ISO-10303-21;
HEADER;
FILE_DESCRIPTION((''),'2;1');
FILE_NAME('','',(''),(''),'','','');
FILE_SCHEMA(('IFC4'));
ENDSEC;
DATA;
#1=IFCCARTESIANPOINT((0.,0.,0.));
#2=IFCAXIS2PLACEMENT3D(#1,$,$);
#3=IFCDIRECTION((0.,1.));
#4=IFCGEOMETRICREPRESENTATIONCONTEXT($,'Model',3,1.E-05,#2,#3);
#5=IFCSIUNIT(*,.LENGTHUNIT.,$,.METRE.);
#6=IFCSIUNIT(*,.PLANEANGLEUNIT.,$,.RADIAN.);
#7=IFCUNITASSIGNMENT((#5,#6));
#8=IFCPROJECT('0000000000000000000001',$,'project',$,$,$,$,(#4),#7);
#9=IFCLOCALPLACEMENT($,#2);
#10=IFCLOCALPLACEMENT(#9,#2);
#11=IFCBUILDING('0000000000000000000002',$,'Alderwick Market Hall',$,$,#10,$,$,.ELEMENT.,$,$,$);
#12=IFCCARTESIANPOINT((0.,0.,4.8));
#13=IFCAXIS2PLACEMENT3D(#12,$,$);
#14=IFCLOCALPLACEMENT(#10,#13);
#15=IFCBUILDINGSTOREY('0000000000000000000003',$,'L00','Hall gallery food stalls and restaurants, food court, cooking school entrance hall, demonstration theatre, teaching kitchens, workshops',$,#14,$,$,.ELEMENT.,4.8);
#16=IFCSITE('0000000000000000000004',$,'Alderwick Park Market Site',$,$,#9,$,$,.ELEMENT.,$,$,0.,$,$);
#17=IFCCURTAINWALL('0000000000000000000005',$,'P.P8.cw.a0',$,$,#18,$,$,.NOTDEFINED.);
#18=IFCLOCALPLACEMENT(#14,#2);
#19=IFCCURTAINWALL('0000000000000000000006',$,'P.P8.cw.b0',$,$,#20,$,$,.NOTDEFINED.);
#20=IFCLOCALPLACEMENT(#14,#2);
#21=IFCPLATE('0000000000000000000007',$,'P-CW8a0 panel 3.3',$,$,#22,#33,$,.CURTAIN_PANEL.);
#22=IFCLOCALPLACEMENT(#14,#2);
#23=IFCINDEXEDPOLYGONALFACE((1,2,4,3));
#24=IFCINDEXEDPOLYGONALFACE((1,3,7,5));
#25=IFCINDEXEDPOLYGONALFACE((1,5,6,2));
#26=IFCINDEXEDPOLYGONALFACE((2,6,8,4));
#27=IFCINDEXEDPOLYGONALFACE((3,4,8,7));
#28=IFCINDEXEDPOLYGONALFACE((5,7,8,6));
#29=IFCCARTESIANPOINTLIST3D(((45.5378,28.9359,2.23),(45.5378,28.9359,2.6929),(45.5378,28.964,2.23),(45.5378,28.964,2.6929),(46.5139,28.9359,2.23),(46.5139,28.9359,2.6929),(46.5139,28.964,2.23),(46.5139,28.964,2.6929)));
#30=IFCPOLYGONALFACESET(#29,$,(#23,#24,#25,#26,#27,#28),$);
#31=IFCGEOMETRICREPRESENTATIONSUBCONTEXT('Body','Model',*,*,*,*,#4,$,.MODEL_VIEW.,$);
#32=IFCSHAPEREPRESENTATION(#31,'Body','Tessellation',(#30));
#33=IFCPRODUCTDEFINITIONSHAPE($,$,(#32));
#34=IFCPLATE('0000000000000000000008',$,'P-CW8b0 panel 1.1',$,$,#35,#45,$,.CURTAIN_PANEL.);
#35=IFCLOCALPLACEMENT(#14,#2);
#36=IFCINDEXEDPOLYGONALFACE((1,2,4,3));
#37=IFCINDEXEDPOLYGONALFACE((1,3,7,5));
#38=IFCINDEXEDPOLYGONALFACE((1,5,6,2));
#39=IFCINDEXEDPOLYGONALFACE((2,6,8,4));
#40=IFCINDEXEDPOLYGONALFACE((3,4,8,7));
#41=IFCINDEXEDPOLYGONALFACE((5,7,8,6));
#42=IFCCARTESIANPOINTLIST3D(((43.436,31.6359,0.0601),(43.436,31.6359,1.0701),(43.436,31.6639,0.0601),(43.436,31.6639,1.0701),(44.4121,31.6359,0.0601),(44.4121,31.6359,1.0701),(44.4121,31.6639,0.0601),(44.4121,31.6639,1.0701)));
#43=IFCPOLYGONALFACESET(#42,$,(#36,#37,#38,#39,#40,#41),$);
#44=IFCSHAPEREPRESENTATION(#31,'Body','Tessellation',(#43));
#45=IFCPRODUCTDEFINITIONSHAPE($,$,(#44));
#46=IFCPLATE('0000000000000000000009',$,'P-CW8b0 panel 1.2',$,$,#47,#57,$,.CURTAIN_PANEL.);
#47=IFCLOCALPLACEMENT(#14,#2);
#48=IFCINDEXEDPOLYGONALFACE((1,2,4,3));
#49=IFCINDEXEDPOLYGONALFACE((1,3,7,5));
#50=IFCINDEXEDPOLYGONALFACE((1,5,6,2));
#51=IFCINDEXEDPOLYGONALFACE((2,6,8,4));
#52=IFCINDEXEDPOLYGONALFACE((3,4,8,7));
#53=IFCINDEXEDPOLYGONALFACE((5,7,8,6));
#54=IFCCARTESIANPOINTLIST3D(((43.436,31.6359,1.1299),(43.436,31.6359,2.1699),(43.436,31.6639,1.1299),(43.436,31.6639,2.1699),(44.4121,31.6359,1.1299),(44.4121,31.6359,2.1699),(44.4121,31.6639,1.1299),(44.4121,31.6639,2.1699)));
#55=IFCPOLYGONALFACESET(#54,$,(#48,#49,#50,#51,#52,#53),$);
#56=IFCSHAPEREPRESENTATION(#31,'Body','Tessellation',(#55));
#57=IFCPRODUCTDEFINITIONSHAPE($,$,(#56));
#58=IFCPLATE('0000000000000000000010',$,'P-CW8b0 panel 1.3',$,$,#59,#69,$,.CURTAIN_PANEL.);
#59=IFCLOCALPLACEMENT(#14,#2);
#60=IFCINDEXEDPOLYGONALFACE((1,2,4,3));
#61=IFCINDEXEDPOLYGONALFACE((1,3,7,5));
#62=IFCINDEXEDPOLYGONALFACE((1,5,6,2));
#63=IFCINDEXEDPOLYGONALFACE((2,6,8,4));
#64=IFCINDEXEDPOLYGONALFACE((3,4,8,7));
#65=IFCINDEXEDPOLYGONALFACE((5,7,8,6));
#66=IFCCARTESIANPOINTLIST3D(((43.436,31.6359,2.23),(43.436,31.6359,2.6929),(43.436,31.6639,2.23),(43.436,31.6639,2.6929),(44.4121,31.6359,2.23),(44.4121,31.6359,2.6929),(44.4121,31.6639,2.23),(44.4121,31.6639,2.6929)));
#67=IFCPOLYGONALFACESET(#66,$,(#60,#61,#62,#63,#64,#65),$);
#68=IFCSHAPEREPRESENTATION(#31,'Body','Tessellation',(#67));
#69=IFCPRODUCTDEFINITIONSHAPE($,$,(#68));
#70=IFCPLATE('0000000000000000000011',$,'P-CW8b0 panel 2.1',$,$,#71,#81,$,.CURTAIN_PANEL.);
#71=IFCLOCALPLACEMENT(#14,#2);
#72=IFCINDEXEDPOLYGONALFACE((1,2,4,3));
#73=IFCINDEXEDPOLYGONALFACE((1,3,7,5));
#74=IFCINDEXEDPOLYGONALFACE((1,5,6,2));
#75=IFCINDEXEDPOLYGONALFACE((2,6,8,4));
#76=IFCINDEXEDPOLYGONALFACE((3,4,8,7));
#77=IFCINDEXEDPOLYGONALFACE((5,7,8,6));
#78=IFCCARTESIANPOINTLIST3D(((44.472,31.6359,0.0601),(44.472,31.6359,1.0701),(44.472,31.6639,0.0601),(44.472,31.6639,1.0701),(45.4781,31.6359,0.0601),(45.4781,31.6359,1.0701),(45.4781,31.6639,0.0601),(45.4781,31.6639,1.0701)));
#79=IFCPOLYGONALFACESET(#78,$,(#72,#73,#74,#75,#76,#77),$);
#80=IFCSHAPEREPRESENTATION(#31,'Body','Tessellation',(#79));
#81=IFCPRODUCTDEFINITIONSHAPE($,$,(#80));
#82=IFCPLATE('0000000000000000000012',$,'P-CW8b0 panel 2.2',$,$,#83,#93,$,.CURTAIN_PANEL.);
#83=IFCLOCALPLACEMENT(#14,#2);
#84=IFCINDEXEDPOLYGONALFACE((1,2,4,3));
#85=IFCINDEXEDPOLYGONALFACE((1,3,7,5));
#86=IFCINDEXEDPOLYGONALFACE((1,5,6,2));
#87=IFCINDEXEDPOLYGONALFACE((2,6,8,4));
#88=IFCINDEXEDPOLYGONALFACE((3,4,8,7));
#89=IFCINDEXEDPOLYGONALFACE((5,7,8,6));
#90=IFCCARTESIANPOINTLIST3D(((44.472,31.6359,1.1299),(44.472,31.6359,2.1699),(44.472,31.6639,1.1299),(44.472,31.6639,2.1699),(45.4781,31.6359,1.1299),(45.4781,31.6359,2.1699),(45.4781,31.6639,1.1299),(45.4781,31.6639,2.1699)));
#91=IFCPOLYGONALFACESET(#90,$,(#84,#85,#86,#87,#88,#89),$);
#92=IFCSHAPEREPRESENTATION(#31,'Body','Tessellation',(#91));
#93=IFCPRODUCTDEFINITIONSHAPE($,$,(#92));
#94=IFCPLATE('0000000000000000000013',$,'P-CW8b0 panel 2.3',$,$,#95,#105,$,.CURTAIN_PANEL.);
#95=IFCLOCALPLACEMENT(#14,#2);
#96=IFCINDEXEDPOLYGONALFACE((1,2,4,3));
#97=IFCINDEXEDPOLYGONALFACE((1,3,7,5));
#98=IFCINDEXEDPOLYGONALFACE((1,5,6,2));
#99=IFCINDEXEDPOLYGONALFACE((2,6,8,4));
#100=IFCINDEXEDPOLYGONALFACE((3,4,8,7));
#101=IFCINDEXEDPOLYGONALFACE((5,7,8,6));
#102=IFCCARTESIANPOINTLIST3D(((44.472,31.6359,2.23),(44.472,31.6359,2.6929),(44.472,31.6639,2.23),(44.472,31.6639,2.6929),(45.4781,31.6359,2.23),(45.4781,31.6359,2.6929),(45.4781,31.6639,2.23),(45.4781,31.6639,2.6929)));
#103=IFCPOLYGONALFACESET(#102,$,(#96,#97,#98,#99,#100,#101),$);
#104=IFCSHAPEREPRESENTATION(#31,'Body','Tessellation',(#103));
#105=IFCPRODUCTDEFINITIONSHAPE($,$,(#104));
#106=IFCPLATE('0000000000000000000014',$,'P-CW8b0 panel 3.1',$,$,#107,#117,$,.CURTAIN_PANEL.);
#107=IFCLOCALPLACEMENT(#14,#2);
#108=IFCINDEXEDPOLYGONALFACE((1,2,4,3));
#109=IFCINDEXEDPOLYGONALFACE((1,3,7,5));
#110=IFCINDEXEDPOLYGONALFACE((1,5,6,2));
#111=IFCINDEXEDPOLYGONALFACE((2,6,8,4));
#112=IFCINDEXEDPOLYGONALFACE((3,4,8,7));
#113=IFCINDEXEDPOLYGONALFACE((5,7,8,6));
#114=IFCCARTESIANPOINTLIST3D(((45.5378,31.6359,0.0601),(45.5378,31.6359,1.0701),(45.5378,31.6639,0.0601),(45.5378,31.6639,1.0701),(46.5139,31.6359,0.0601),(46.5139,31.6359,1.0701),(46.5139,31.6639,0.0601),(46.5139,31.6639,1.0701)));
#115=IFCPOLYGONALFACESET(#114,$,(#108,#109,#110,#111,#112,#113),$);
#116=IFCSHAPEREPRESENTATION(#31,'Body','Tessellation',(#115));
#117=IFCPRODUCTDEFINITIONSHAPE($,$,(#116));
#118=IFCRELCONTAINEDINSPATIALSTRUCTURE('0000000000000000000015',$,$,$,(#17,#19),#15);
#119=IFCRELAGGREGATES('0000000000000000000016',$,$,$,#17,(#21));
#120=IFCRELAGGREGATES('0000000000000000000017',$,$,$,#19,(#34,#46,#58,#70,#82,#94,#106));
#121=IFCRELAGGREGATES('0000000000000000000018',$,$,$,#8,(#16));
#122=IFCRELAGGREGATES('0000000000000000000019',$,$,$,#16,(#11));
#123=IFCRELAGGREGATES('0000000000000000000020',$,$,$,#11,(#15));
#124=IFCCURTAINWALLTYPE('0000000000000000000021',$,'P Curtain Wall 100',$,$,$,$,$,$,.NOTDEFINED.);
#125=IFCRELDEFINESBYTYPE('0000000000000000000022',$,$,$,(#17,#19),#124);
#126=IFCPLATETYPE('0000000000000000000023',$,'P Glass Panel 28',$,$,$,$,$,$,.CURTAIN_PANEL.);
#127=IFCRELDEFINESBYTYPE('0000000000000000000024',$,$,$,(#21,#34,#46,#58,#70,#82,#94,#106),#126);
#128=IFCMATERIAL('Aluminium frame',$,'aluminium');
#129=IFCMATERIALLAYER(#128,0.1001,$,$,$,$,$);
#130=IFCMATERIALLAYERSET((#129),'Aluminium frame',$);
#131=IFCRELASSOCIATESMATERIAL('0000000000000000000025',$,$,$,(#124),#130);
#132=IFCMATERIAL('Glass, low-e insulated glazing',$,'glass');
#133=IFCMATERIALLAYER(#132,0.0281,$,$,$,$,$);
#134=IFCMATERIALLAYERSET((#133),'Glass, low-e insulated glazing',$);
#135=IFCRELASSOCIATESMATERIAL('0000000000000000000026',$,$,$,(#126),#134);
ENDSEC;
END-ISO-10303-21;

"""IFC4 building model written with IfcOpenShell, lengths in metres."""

from ifc_helpers import new_model, si_unit, direction, frame, origin, origin_2d, place, context, subcontext, project, spatial, rectangle, extrude, material, layer, layer_set, type_object, element, aggregate, save


model = new_model("IFC4")

# Units and contexts
model_context = context("Model", 3, precision=1e-05, world=origin(), true_north=direction((0.0, 1.0)))
body_context = subcontext(model_context, "Body", "Model", "MODEL_VIEW")
ifc_project = project(units=[si_unit("LENGTHUNIT", "METRE"), si_unit("PLANEANGLEUNIT", "RADIAN")], contexts=[model_context])

# Site, building, storey
site_placement = place(None, origin())
site = spatial("IfcSite", under=ifc_project, at=site_placement, Name="Alderwick Park Market Site", CompositionType="ELEMENT", RefElevation=0.0)
building_placement = place(site_placement, origin())
building = spatial("IfcBuilding", under=site, at=building_placement, Name="Alderwick Market Hall", CompositionType="ELEMENT")
storey_placement = place(building_placement, frame((0.0, 0.0, 4.8)))
storey = spatial("IfcBuildingStorey", under=building, at=storey_placement, Name="L00", Description="Hall gallery food stalls and restaurants, food court, cooking school entrance hall, demonstration theatre, teaching kitchens, workshops", CompositionType="ELEMENT", Elevation=4.8)

# Curtain walls
ifc_material_1 = material(Name="Aluminium frame", Category="aluminium")
ifc_layer_1 = layer(ifc_material_1, 0.1001)
ifc_layer_set_1 = layer_set([ifc_layer_1], Name="Aluminium frame")
curtain_wall_type = type_object("IfcCurtainWallType", Name="P Curtain Wall 100", PredefinedType="NOTDEFINED", material=ifc_layer_set_1)
curtain_wall_1_placement = place(storey_placement, origin())
curtain_wall_1 = element("IfcCurtainWall", 1, at=curtain_wall_1_placement, inside=storey, type_object=curtain_wall_type, Name="P.P8.cw.a0", PredefinedType="NOTDEFINED")
curtain_wall_2_placement = place(storey_placement, origin())
curtain_wall_2 = element("IfcCurtainWall", 2, at=curtain_wall_2_placement, inside=storey, type_object=curtain_wall_type, Name="P.P8.cw.b0", PredefinedType="NOTDEFINED")

# Plates
ifc_material_2 = material(Name="Glass, low-e insulated glazing", Category="glass")
ifc_layer_2 = layer(ifc_material_2, 0.0281)
ifc_layer_set_2 = layer_set([ifc_layer_2], Name="Glass, low-e insulated glazing")
plate_type = type_object("IfcPlateType", Name="P Glass Panel 28", PredefinedType="CURTAIN_PANEL", material=ifc_layer_set_2)
plate_1_placement = place(storey_placement, frame((46.0259, 28.95, 2.23), z_axis=(0.0, 0.0, 1.0), x_axis=(1.0, 0.0, 0.0)))
plate_1 = element("IfcPlate", 3, at=plate_1_placement, type_object=plate_type, Name="P-CW8a0 panel 3.3", PredefinedType="CURTAIN_PANEL", context=body_context, shape_type="SweptSolid", body=[
    extrude(rectangle(XDim=0.9761, YDim=0.0281, at=origin_2d()), origin(), (0.0, 0.0, 1.0), 0.4629),
])
aggregate(curtain_wall_1, [plate_1])
plate_2_placement = place(storey_placement, frame((43.9241, 31.6499, 0.0601), z_axis=(0.0, 0.0, 1.0), x_axis=(1.0, 0.0, 0.0)))
plate_2 = element("IfcPlate", 4, at=plate_2_placement, type_object=plate_type, Name="P-CW8b0 panel 1.1", PredefinedType="CURTAIN_PANEL", context=body_context, shape_type="SweptSolid", body=[
    extrude(rectangle(XDim=0.9761, YDim=0.0281, at=origin_2d()), origin(), (0.0, 0.0, 1.0), 1.01),
])
plate_3_placement = place(storey_placement, frame((43.9241, 31.6499, 1.1299), z_axis=(0.0, 0.0, 1.0), x_axis=(1.0, 0.0, 0.0)))
plate_3 = element("IfcPlate", 5, at=plate_3_placement, type_object=plate_type, Name="P-CW8b0 panel 1.2", PredefinedType="CURTAIN_PANEL", context=body_context, shape_type="SweptSolid", body=[
    extrude(rectangle(XDim=0.9761, YDim=0.0281, at=origin_2d()), origin(), (0.0, 0.0, 1.0), 1.04),
])
plate_4_placement = place(storey_placement, frame((43.9241, 31.6499, 2.23), z_axis=(0.0, 0.0, 1.0), x_axis=(1.0, 0.0, 0.0)))
plate_4 = element("IfcPlate", 6, at=plate_4_placement, type_object=plate_type, Name="P-CW8b0 panel 1.3", PredefinedType="CURTAIN_PANEL", context=body_context, shape_type="SweptSolid", body=[
    extrude(rectangle(XDim=0.9761, YDim=0.0281, at=origin_2d()), origin(), (0.0, 0.0, 1.0), 0.4629),
])
plate_5_placement = place(storey_placement, frame((44.9751, 31.6499, 0.0601), z_axis=(0.0, 0.0, 1.0), x_axis=(1.0, 0.0, 0.0)))
plate_5 = element("IfcPlate", 7, at=plate_5_placement, type_object=plate_type, Name="P-CW8b0 panel 2.1", PredefinedType="CURTAIN_PANEL", context=body_context, shape_type="SweptSolid", body=[
    extrude(rectangle(XDim=1.0061, YDim=0.0281, at=origin_2d()), origin(), (0.0, 0.0, 1.0), 1.01),
])
plate_6_placement = place(storey_placement, frame((44.9751, 31.6499, 1.1299), z_axis=(0.0, 0.0, 1.0), x_axis=(1.0, 0.0, 0.0)))
plate_6 = element("IfcPlate", 8, at=plate_6_placement, type_object=plate_type, Name="P-CW8b0 panel 2.2", PredefinedType="CURTAIN_PANEL", context=body_context, shape_type="SweptSolid", body=[
    extrude(rectangle(XDim=1.0061, YDim=0.0281, at=origin_2d()), origin(), (0.0, 0.0, 1.0), 1.04),
])
plate_7_placement = place(storey_placement, frame((44.9751, 31.6499, 2.23), z_axis=(0.0, 0.0, 1.0), x_axis=(1.0, 0.0, 0.0)))
plate_7 = element("IfcPlate", 9, at=plate_7_placement, type_object=plate_type, Name="P-CW8b0 panel 2.3", PredefinedType="CURTAIN_PANEL", context=body_context, shape_type="SweptSolid", body=[
    extrude(rectangle(XDim=1.0061, YDim=0.0281, at=origin_2d()), origin(), (0.0, 0.0, 1.0), 0.4629),
])
plate_8_placement = place(storey_placement, frame((46.0259, 31.6499, 0.0601), z_axis=(0.0, 0.0, 1.0), x_axis=(1.0, 0.0, 0.0)))
plate_8 = element("IfcPlate", 10, at=plate_8_placement, type_object=plate_type, Name="P-CW8b0 panel 3.1", PredefinedType="CURTAIN_PANEL", context=body_context, shape_type="SweptSolid", body=[
    extrude(rectangle(XDim=0.9761, YDim=0.0281, at=origin_2d()), origin(), (0.0, 0.0, 1.0), 1.01),
])
aggregate(curtain_wall_2, [plate_2, plate_3, plate_4, plate_5, plate_6, plate_7, plate_8])

save(model, "model.ifc")
